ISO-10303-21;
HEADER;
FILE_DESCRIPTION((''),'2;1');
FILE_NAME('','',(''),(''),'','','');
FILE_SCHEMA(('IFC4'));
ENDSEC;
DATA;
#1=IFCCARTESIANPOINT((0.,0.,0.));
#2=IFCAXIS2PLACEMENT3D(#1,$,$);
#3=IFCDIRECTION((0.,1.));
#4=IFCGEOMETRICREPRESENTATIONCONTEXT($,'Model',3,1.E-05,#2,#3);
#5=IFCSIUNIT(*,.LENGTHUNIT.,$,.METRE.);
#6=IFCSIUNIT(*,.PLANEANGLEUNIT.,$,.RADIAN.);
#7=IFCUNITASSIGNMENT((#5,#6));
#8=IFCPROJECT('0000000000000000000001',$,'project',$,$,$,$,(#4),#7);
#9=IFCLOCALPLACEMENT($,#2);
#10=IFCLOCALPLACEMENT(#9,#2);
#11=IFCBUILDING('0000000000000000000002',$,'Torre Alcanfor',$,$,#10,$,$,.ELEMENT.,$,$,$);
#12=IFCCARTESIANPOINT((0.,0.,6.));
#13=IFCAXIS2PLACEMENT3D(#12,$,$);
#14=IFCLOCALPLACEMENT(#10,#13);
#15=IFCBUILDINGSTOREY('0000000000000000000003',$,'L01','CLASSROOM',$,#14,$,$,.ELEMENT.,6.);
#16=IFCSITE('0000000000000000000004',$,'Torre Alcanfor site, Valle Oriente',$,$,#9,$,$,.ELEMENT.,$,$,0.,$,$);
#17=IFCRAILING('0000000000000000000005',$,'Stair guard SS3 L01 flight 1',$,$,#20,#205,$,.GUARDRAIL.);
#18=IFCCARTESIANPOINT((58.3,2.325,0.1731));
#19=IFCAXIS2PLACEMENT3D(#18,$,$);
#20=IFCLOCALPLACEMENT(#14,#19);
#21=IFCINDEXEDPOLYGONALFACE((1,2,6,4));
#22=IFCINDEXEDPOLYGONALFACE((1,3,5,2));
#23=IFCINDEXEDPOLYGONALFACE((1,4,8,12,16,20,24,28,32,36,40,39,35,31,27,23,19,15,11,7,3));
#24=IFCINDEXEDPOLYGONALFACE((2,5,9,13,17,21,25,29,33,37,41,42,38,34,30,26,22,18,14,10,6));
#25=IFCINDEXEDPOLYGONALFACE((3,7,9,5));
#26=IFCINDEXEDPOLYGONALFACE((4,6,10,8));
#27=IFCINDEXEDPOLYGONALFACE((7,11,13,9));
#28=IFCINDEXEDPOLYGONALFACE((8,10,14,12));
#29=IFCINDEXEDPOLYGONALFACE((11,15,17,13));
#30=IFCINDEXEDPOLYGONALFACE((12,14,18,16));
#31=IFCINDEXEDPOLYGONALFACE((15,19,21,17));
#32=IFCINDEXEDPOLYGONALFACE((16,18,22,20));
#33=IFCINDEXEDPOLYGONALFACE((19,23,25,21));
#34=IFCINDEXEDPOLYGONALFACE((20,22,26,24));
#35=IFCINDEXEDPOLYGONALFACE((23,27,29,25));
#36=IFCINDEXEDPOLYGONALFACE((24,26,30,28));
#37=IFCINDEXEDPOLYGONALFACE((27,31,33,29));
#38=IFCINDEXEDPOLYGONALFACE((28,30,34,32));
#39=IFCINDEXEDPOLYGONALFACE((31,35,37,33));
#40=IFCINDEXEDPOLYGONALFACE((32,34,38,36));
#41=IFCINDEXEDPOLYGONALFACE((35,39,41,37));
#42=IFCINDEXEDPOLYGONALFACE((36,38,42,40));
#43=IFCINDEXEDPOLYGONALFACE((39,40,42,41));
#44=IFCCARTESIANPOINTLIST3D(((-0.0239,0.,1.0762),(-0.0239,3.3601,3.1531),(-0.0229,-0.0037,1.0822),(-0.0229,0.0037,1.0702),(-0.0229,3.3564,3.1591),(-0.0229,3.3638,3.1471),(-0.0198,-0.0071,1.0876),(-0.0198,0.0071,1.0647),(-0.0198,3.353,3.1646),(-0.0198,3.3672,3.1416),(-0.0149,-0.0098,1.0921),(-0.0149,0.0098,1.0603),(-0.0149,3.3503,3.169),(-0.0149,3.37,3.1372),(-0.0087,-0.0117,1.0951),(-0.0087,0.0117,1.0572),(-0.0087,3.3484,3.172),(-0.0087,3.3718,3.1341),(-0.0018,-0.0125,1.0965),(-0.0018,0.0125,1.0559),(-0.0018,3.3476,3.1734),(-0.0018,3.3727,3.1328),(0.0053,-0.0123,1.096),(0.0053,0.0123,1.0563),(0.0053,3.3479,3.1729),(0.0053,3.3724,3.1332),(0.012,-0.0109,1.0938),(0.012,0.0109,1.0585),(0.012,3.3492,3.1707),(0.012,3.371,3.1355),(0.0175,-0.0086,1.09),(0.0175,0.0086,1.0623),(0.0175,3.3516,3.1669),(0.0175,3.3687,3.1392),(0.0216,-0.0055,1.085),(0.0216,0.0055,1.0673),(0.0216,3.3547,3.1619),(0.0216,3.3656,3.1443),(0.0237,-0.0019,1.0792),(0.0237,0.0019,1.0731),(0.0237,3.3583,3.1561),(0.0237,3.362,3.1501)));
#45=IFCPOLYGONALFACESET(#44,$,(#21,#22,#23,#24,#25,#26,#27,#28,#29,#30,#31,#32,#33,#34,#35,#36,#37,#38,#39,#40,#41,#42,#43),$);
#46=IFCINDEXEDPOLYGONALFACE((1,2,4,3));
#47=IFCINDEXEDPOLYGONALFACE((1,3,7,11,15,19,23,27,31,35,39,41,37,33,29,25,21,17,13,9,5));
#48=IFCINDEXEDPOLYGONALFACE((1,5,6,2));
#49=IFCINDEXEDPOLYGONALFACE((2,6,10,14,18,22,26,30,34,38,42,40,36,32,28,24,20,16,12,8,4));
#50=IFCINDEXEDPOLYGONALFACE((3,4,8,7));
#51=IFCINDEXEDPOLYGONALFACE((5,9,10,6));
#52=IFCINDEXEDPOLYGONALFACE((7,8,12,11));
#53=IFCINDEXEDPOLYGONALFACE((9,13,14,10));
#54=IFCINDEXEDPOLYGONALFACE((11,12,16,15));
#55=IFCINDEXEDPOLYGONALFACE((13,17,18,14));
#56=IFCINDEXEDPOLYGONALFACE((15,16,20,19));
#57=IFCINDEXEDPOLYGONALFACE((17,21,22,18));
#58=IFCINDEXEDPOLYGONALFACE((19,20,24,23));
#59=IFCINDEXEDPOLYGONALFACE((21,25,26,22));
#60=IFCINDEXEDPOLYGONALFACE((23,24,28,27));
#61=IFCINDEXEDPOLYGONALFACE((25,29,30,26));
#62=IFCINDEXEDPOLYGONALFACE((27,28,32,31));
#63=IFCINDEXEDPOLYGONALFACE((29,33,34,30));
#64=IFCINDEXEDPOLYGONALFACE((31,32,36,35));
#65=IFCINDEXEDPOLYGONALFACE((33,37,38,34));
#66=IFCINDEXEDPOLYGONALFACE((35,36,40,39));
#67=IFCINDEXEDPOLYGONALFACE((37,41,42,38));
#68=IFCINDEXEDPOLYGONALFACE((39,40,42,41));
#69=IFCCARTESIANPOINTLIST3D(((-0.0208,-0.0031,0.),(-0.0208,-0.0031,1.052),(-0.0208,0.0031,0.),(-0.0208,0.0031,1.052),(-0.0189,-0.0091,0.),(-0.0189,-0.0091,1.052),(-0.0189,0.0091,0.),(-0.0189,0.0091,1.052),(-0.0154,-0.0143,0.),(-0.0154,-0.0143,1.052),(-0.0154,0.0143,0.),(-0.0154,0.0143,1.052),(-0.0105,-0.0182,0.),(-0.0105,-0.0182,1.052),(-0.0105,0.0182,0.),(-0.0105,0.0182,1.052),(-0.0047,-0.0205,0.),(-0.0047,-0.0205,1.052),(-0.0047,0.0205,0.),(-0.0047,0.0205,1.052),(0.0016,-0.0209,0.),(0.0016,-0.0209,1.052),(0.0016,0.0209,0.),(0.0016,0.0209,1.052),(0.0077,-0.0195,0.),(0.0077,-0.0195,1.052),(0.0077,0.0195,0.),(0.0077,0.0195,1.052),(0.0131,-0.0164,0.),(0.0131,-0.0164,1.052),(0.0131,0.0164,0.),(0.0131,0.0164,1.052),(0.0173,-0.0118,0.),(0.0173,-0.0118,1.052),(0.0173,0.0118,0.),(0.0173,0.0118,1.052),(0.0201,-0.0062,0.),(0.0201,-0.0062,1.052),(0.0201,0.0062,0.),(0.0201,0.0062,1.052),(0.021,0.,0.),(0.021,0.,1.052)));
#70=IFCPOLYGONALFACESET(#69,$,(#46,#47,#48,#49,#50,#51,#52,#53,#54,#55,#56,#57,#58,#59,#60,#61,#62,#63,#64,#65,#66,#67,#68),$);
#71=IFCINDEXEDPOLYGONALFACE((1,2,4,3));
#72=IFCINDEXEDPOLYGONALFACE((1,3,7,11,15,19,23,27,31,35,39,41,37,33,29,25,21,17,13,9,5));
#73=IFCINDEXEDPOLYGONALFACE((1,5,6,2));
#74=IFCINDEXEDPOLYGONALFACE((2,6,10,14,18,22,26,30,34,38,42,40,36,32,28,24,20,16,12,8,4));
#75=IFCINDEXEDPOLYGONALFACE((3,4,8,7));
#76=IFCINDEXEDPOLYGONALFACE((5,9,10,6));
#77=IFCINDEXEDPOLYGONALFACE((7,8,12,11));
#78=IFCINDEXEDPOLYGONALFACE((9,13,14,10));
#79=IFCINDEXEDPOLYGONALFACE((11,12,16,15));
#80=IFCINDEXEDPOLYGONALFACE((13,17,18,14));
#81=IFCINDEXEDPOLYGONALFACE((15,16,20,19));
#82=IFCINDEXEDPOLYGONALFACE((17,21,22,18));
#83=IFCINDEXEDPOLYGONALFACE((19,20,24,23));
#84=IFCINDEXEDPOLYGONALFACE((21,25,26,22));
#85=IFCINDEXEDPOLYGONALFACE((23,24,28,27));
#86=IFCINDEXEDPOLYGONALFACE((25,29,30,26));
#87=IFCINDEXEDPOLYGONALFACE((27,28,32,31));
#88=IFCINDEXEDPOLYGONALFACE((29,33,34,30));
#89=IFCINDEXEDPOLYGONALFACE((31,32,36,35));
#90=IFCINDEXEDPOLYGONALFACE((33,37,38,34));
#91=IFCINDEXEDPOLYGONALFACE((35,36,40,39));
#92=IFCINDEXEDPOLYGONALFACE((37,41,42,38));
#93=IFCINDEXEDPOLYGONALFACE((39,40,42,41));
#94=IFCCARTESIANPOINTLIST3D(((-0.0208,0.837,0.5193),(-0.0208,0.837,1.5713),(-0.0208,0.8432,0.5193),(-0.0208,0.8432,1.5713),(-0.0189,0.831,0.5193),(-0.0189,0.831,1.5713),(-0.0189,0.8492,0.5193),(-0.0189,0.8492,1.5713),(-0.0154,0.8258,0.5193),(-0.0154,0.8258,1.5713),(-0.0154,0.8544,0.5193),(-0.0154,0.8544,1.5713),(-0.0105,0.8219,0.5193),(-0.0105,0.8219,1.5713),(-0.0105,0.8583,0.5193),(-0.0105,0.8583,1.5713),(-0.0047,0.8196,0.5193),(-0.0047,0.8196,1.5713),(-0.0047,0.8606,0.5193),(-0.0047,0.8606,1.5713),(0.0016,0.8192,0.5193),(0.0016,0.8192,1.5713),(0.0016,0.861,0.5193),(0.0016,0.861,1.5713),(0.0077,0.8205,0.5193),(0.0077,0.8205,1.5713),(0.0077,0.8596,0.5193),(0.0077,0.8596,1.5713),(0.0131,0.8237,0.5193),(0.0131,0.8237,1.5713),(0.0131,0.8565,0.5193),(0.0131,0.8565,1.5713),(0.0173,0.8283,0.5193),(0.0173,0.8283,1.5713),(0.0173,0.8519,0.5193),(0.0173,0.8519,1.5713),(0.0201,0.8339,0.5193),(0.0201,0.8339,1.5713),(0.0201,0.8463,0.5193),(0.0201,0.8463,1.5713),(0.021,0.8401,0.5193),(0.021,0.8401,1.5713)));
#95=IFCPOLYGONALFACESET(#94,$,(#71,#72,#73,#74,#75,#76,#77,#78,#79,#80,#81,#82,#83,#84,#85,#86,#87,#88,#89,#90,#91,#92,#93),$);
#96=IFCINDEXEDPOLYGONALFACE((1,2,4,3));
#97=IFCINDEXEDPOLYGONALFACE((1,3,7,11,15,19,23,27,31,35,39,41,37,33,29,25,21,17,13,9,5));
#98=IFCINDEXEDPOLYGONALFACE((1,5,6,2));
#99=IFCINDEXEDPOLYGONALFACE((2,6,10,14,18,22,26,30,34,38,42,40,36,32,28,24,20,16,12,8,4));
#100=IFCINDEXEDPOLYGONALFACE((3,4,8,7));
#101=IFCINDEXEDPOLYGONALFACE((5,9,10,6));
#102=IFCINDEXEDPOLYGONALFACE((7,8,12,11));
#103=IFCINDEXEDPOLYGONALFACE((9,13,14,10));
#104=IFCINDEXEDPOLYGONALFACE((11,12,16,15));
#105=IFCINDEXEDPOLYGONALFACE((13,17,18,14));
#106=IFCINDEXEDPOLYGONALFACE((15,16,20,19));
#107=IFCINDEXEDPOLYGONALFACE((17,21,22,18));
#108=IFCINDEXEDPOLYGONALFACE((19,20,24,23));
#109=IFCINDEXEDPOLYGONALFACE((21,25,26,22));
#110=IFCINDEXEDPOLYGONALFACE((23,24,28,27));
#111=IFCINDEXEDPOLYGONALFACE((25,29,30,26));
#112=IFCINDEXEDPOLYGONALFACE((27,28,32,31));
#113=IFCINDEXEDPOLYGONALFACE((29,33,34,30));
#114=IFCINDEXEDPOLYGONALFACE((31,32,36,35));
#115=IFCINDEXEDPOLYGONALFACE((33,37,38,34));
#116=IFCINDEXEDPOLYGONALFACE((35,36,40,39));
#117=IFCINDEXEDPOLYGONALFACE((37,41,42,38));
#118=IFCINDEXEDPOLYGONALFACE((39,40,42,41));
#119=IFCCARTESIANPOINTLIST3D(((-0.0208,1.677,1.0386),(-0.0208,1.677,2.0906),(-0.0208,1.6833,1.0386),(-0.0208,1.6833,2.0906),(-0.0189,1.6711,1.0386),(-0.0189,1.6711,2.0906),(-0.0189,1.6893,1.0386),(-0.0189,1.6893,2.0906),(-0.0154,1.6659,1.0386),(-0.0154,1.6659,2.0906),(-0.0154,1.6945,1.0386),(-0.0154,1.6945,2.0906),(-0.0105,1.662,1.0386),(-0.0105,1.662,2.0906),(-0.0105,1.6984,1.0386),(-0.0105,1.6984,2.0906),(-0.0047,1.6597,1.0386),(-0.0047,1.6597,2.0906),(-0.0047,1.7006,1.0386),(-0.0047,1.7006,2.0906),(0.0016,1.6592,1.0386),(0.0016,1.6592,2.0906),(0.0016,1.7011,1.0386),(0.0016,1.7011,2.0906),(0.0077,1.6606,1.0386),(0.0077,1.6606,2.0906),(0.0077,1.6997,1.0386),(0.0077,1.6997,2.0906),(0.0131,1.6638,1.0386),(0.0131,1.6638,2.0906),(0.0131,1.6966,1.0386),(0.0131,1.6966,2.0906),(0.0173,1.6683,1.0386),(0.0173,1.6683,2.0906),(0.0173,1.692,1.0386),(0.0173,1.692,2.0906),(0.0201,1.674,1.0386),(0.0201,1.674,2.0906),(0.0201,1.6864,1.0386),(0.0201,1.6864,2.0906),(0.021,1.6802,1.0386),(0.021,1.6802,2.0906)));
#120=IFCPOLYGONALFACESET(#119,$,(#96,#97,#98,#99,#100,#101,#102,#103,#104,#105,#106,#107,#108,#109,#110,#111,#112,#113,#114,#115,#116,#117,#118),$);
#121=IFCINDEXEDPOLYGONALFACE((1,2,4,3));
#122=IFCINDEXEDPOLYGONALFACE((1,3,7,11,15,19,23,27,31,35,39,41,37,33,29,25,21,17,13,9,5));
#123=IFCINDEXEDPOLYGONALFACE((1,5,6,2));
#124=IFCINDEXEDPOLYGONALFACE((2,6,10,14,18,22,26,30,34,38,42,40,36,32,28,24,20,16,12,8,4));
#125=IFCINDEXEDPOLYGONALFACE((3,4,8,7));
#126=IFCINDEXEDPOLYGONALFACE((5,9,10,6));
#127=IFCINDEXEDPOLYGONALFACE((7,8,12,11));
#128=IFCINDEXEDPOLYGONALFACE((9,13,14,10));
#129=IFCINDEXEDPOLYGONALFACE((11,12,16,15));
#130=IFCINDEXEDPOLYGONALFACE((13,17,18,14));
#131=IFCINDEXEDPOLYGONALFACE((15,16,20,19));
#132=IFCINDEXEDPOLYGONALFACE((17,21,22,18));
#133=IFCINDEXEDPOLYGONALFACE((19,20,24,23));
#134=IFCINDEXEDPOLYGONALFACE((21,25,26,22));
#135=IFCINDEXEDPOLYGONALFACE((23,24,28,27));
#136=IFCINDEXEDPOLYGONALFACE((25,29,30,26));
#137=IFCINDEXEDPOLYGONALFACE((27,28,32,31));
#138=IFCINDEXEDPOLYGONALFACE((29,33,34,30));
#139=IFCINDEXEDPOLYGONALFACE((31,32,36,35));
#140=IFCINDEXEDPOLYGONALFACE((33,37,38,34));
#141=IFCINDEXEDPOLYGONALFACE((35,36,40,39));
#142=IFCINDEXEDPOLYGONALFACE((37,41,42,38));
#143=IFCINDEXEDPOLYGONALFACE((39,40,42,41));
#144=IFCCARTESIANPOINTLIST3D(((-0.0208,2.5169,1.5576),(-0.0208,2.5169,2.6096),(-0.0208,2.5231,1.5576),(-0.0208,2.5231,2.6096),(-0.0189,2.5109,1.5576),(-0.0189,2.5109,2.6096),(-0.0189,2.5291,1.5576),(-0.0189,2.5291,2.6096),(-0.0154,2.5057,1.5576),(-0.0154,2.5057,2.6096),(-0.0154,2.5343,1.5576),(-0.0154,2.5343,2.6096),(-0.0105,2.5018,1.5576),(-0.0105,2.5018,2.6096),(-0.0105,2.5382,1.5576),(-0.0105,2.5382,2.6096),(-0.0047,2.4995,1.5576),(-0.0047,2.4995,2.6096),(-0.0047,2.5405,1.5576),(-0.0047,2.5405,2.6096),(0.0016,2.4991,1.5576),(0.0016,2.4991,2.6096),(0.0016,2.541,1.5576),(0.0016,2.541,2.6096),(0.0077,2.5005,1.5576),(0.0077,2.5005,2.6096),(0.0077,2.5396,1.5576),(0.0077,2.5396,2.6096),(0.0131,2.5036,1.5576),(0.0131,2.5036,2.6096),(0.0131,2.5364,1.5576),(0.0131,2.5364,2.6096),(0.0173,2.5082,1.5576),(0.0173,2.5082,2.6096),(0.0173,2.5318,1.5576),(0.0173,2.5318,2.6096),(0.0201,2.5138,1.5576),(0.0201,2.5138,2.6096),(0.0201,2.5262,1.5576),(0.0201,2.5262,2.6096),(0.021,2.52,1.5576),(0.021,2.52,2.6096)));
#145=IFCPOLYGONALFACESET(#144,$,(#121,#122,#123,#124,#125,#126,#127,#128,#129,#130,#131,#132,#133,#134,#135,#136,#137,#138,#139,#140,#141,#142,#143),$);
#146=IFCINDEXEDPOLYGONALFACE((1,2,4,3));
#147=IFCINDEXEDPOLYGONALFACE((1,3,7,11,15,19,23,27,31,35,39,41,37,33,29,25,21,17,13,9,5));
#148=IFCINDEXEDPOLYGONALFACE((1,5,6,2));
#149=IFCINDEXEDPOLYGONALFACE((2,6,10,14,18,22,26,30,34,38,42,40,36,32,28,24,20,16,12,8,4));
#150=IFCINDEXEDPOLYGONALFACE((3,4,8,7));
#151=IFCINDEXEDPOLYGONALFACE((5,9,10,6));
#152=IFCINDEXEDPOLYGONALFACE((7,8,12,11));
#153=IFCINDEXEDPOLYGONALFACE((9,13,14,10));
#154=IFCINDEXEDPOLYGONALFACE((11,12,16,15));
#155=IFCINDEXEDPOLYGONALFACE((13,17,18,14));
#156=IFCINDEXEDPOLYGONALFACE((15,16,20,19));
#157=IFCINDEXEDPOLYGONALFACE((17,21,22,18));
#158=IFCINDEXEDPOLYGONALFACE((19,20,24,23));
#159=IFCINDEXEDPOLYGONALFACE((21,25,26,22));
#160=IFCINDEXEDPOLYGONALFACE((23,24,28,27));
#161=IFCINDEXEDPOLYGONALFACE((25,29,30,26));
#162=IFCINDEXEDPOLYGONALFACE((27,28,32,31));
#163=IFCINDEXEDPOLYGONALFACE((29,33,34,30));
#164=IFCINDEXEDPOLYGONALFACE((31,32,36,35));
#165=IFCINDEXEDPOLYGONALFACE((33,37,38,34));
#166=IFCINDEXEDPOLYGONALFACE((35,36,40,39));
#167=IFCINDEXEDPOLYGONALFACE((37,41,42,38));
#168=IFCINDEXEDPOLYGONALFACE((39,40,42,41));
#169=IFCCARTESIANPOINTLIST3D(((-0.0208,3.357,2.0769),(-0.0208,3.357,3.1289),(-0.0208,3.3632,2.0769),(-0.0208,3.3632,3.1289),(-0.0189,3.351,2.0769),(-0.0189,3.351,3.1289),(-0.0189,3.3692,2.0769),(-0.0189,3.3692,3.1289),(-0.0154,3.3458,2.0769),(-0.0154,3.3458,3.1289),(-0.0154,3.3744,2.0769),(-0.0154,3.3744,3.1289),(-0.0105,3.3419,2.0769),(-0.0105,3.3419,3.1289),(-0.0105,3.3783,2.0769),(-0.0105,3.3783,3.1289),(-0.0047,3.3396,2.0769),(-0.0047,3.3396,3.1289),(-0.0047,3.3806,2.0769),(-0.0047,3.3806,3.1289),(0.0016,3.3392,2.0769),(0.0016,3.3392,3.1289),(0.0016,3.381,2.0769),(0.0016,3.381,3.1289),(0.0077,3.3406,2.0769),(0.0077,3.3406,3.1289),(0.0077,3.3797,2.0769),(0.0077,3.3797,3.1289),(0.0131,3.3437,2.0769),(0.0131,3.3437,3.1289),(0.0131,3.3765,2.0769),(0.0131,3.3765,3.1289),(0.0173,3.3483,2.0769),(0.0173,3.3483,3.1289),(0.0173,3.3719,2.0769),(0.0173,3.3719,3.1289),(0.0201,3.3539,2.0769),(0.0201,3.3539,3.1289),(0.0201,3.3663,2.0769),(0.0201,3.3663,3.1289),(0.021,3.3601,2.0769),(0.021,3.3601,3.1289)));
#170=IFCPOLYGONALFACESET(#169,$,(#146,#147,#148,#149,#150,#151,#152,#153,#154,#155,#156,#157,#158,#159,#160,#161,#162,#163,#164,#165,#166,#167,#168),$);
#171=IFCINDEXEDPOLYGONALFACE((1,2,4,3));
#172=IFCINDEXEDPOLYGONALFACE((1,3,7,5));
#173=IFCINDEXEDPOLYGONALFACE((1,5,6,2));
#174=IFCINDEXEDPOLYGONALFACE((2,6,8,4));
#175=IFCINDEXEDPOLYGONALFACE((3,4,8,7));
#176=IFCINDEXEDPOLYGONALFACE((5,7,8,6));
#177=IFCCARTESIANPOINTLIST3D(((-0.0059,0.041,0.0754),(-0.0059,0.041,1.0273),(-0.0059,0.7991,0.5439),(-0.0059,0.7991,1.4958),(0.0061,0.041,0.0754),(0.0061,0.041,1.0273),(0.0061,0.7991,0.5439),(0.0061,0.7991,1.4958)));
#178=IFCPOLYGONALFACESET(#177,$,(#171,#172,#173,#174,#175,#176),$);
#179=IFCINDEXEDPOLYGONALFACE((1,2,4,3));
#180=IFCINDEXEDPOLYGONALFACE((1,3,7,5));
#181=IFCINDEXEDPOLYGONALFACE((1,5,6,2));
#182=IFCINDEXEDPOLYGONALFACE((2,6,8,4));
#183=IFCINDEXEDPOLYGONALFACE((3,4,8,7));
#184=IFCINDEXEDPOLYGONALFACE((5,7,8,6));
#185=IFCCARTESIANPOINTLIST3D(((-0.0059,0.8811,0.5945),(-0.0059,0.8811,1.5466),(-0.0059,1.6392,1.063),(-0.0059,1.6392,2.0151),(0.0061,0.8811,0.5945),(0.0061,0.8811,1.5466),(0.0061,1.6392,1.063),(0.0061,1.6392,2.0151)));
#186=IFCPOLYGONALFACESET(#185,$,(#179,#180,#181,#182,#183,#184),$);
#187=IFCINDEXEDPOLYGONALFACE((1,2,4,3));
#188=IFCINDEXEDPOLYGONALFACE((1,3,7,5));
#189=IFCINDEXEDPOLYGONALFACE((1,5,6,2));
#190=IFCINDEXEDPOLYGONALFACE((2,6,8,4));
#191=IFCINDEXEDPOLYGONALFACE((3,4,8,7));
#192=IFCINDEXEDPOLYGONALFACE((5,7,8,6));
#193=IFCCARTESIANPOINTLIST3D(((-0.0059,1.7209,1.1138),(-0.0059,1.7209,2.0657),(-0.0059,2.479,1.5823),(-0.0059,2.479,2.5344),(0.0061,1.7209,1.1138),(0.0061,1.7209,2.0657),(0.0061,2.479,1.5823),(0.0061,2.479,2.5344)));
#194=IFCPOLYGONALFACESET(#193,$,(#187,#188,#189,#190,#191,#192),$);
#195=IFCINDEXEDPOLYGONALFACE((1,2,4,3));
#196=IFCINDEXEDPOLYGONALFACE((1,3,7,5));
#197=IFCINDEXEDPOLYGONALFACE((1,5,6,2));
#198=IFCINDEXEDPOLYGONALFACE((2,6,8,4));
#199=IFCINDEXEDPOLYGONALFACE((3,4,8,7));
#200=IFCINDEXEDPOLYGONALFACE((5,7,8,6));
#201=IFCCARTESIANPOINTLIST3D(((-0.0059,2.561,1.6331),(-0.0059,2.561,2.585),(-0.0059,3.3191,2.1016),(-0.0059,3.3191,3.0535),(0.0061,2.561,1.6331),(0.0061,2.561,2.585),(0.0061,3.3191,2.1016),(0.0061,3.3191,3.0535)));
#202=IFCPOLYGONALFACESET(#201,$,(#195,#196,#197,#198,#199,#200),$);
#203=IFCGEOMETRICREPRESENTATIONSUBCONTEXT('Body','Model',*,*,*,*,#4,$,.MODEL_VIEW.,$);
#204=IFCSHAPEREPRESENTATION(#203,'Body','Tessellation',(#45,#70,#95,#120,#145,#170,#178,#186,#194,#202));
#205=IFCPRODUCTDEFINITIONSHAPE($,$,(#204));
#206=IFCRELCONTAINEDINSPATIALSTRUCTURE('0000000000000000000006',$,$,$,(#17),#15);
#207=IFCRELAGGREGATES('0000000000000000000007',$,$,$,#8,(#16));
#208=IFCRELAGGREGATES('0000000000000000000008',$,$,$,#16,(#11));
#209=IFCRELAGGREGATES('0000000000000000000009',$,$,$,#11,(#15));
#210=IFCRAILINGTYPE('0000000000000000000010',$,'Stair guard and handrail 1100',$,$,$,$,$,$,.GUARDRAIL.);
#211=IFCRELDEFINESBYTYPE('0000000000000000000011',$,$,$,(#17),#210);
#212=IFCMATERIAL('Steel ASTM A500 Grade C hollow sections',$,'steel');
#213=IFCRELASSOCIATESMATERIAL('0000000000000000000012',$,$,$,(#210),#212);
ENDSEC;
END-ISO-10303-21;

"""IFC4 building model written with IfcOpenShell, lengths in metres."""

from ifc_helpers import new_model, si_unit, direction, frame, origin, origin_2d, place, context, subcontext, project, spatial, polyline, circle, outline, extrude, material, type_object, element, save


model = new_model("IFC4")

# Units and contexts
model_context = context("Model", 3, precision=1e-05, world=origin(), true_north=direction((0.0, 1.0)))
body_context = subcontext(model_context, "Body", "Model", "MODEL_VIEW")
ifc_project = project(units=[si_unit("LENGTHUNIT", "METRE"), si_unit("PLANEANGLEUNIT", "RADIAN")], contexts=[model_context])

# Site, building, storey
site_placement = place(None, origin())
site = spatial("IfcSite", under=ifc_project, at=site_placement, Name="Torre Alcanfor site, Valle Oriente", CompositionType="ELEMENT", RefElevation=0.0)
building_placement = place(site_placement, origin())
building = spatial("IfcBuilding", under=site, at=building_placement, Name="Torre Alcanfor", CompositionType="ELEMENT")
storey_placement = place(building_placement, frame((0.0, 0.0, 6.0)))
storey = spatial("IfcBuildingStorey", under=building, at=storey_placement, Name="L01", Description="CLASSROOM", CompositionType="ELEMENT", Elevation=6.0)

# Railing
ifc_material_1 = material(Name="Steel ASTM A500 Grade C hollow sections", Category="steel")
railing_type_1 = type_object("IfcRailingType", Name="Stair guard and handrail 1100", PredefinedType="GUARDRAIL", material=ifc_material_1)
railing_1_placement = place(storey_placement, frame((58.3, 2.325, 0.1731)))
element("IfcRailing", 1, at=railing_1_placement, inside=storey, type_object=railing_type_1, Name="Stair guard SS3 L01 flight 1", PredefinedType="GUARDRAIL", context=body_context, shape_type="SweptSolid", body=[
    extrude(circle(Radius=0.0239, at=origin_2d()), frame((0.0, 0.0, 1.0762), z_axis=(0.0, 0.850623, 0.525776), x_axis=(-1.0, 0.0, 0.0)), (0.0, 0.0, 1.0), 3.9502),
    extrude(circle(Radius=0.021, at=origin_2d()), origin(), (0.0, 0.0, 1.0), 1.052),
    extrude(circle(Radius=0.021, at=origin_2d()), frame((0.0, 0.8401, 0.5193)), (0.0, 0.0, 1.0), 1.052),
    extrude(circle(Radius=0.021, at=origin_2d()), frame((0.0, 1.6802, 1.0386)), (0.0, 0.0, 1.0), 1.052),
    extrude(circle(Radius=0.021, at=origin_2d()), frame((0.0, 2.52, 1.5576)), (0.0, 0.0, 1.0), 1.052),
    extrude(circle(Radius=0.021, at=origin_2d()), frame((0.0, 3.3601, 2.0769)), (0.0, 0.0, 1.0), 1.052),
    extrude(outline(polyline([(0.041, 0.0754), (0.7991, 0.5439), (0.7991, 1.4958), (0.041, 1.0273), (0.041, 0.0754)])), frame((-0.0059, 0.0, 0.0), z_axis=(1.0, 0.0, 0.0), x_axis=(0.0, 1.0, 0.0)), (0.0, 0.0, 1.0), 0.012),
    extrude(outline(polyline([(0.8811, 0.5945), (1.6392, 1.063), (1.6392, 2.0151), (0.8811, 1.5466), (0.8811, 0.5945)])), frame((-0.0059, 0.0, 0.0), z_axis=(1.0, 0.0, 0.0), x_axis=(0.0, 1.0, 0.0)), (0.0, 0.0, 1.0), 0.012),
    extrude(outline(polyline([(1.7209, 1.1138), (2.479, 1.5823), (2.479, 2.5344), (1.7209, 2.0657), (1.7209, 1.1138)])), frame((-0.0059, 0.0, 0.0), z_axis=(1.0, 0.0, 0.0), x_axis=(0.0, 1.0, 0.0)), (0.0, 0.0, 1.0), 0.012),
    extrude(outline(polyline([(2.561, 1.6331), (3.3191, 2.1016), (3.3191, 3.0535), (2.561, 2.585), (2.561, 1.6331)])), frame((-0.0059, 0.0, 0.0), z_axis=(1.0, 0.0, 0.0), x_axis=(0.0, 1.0, 0.0)), (0.0, 0.0, 1.0), 0.012),
])

save(model, "model.ifc")
